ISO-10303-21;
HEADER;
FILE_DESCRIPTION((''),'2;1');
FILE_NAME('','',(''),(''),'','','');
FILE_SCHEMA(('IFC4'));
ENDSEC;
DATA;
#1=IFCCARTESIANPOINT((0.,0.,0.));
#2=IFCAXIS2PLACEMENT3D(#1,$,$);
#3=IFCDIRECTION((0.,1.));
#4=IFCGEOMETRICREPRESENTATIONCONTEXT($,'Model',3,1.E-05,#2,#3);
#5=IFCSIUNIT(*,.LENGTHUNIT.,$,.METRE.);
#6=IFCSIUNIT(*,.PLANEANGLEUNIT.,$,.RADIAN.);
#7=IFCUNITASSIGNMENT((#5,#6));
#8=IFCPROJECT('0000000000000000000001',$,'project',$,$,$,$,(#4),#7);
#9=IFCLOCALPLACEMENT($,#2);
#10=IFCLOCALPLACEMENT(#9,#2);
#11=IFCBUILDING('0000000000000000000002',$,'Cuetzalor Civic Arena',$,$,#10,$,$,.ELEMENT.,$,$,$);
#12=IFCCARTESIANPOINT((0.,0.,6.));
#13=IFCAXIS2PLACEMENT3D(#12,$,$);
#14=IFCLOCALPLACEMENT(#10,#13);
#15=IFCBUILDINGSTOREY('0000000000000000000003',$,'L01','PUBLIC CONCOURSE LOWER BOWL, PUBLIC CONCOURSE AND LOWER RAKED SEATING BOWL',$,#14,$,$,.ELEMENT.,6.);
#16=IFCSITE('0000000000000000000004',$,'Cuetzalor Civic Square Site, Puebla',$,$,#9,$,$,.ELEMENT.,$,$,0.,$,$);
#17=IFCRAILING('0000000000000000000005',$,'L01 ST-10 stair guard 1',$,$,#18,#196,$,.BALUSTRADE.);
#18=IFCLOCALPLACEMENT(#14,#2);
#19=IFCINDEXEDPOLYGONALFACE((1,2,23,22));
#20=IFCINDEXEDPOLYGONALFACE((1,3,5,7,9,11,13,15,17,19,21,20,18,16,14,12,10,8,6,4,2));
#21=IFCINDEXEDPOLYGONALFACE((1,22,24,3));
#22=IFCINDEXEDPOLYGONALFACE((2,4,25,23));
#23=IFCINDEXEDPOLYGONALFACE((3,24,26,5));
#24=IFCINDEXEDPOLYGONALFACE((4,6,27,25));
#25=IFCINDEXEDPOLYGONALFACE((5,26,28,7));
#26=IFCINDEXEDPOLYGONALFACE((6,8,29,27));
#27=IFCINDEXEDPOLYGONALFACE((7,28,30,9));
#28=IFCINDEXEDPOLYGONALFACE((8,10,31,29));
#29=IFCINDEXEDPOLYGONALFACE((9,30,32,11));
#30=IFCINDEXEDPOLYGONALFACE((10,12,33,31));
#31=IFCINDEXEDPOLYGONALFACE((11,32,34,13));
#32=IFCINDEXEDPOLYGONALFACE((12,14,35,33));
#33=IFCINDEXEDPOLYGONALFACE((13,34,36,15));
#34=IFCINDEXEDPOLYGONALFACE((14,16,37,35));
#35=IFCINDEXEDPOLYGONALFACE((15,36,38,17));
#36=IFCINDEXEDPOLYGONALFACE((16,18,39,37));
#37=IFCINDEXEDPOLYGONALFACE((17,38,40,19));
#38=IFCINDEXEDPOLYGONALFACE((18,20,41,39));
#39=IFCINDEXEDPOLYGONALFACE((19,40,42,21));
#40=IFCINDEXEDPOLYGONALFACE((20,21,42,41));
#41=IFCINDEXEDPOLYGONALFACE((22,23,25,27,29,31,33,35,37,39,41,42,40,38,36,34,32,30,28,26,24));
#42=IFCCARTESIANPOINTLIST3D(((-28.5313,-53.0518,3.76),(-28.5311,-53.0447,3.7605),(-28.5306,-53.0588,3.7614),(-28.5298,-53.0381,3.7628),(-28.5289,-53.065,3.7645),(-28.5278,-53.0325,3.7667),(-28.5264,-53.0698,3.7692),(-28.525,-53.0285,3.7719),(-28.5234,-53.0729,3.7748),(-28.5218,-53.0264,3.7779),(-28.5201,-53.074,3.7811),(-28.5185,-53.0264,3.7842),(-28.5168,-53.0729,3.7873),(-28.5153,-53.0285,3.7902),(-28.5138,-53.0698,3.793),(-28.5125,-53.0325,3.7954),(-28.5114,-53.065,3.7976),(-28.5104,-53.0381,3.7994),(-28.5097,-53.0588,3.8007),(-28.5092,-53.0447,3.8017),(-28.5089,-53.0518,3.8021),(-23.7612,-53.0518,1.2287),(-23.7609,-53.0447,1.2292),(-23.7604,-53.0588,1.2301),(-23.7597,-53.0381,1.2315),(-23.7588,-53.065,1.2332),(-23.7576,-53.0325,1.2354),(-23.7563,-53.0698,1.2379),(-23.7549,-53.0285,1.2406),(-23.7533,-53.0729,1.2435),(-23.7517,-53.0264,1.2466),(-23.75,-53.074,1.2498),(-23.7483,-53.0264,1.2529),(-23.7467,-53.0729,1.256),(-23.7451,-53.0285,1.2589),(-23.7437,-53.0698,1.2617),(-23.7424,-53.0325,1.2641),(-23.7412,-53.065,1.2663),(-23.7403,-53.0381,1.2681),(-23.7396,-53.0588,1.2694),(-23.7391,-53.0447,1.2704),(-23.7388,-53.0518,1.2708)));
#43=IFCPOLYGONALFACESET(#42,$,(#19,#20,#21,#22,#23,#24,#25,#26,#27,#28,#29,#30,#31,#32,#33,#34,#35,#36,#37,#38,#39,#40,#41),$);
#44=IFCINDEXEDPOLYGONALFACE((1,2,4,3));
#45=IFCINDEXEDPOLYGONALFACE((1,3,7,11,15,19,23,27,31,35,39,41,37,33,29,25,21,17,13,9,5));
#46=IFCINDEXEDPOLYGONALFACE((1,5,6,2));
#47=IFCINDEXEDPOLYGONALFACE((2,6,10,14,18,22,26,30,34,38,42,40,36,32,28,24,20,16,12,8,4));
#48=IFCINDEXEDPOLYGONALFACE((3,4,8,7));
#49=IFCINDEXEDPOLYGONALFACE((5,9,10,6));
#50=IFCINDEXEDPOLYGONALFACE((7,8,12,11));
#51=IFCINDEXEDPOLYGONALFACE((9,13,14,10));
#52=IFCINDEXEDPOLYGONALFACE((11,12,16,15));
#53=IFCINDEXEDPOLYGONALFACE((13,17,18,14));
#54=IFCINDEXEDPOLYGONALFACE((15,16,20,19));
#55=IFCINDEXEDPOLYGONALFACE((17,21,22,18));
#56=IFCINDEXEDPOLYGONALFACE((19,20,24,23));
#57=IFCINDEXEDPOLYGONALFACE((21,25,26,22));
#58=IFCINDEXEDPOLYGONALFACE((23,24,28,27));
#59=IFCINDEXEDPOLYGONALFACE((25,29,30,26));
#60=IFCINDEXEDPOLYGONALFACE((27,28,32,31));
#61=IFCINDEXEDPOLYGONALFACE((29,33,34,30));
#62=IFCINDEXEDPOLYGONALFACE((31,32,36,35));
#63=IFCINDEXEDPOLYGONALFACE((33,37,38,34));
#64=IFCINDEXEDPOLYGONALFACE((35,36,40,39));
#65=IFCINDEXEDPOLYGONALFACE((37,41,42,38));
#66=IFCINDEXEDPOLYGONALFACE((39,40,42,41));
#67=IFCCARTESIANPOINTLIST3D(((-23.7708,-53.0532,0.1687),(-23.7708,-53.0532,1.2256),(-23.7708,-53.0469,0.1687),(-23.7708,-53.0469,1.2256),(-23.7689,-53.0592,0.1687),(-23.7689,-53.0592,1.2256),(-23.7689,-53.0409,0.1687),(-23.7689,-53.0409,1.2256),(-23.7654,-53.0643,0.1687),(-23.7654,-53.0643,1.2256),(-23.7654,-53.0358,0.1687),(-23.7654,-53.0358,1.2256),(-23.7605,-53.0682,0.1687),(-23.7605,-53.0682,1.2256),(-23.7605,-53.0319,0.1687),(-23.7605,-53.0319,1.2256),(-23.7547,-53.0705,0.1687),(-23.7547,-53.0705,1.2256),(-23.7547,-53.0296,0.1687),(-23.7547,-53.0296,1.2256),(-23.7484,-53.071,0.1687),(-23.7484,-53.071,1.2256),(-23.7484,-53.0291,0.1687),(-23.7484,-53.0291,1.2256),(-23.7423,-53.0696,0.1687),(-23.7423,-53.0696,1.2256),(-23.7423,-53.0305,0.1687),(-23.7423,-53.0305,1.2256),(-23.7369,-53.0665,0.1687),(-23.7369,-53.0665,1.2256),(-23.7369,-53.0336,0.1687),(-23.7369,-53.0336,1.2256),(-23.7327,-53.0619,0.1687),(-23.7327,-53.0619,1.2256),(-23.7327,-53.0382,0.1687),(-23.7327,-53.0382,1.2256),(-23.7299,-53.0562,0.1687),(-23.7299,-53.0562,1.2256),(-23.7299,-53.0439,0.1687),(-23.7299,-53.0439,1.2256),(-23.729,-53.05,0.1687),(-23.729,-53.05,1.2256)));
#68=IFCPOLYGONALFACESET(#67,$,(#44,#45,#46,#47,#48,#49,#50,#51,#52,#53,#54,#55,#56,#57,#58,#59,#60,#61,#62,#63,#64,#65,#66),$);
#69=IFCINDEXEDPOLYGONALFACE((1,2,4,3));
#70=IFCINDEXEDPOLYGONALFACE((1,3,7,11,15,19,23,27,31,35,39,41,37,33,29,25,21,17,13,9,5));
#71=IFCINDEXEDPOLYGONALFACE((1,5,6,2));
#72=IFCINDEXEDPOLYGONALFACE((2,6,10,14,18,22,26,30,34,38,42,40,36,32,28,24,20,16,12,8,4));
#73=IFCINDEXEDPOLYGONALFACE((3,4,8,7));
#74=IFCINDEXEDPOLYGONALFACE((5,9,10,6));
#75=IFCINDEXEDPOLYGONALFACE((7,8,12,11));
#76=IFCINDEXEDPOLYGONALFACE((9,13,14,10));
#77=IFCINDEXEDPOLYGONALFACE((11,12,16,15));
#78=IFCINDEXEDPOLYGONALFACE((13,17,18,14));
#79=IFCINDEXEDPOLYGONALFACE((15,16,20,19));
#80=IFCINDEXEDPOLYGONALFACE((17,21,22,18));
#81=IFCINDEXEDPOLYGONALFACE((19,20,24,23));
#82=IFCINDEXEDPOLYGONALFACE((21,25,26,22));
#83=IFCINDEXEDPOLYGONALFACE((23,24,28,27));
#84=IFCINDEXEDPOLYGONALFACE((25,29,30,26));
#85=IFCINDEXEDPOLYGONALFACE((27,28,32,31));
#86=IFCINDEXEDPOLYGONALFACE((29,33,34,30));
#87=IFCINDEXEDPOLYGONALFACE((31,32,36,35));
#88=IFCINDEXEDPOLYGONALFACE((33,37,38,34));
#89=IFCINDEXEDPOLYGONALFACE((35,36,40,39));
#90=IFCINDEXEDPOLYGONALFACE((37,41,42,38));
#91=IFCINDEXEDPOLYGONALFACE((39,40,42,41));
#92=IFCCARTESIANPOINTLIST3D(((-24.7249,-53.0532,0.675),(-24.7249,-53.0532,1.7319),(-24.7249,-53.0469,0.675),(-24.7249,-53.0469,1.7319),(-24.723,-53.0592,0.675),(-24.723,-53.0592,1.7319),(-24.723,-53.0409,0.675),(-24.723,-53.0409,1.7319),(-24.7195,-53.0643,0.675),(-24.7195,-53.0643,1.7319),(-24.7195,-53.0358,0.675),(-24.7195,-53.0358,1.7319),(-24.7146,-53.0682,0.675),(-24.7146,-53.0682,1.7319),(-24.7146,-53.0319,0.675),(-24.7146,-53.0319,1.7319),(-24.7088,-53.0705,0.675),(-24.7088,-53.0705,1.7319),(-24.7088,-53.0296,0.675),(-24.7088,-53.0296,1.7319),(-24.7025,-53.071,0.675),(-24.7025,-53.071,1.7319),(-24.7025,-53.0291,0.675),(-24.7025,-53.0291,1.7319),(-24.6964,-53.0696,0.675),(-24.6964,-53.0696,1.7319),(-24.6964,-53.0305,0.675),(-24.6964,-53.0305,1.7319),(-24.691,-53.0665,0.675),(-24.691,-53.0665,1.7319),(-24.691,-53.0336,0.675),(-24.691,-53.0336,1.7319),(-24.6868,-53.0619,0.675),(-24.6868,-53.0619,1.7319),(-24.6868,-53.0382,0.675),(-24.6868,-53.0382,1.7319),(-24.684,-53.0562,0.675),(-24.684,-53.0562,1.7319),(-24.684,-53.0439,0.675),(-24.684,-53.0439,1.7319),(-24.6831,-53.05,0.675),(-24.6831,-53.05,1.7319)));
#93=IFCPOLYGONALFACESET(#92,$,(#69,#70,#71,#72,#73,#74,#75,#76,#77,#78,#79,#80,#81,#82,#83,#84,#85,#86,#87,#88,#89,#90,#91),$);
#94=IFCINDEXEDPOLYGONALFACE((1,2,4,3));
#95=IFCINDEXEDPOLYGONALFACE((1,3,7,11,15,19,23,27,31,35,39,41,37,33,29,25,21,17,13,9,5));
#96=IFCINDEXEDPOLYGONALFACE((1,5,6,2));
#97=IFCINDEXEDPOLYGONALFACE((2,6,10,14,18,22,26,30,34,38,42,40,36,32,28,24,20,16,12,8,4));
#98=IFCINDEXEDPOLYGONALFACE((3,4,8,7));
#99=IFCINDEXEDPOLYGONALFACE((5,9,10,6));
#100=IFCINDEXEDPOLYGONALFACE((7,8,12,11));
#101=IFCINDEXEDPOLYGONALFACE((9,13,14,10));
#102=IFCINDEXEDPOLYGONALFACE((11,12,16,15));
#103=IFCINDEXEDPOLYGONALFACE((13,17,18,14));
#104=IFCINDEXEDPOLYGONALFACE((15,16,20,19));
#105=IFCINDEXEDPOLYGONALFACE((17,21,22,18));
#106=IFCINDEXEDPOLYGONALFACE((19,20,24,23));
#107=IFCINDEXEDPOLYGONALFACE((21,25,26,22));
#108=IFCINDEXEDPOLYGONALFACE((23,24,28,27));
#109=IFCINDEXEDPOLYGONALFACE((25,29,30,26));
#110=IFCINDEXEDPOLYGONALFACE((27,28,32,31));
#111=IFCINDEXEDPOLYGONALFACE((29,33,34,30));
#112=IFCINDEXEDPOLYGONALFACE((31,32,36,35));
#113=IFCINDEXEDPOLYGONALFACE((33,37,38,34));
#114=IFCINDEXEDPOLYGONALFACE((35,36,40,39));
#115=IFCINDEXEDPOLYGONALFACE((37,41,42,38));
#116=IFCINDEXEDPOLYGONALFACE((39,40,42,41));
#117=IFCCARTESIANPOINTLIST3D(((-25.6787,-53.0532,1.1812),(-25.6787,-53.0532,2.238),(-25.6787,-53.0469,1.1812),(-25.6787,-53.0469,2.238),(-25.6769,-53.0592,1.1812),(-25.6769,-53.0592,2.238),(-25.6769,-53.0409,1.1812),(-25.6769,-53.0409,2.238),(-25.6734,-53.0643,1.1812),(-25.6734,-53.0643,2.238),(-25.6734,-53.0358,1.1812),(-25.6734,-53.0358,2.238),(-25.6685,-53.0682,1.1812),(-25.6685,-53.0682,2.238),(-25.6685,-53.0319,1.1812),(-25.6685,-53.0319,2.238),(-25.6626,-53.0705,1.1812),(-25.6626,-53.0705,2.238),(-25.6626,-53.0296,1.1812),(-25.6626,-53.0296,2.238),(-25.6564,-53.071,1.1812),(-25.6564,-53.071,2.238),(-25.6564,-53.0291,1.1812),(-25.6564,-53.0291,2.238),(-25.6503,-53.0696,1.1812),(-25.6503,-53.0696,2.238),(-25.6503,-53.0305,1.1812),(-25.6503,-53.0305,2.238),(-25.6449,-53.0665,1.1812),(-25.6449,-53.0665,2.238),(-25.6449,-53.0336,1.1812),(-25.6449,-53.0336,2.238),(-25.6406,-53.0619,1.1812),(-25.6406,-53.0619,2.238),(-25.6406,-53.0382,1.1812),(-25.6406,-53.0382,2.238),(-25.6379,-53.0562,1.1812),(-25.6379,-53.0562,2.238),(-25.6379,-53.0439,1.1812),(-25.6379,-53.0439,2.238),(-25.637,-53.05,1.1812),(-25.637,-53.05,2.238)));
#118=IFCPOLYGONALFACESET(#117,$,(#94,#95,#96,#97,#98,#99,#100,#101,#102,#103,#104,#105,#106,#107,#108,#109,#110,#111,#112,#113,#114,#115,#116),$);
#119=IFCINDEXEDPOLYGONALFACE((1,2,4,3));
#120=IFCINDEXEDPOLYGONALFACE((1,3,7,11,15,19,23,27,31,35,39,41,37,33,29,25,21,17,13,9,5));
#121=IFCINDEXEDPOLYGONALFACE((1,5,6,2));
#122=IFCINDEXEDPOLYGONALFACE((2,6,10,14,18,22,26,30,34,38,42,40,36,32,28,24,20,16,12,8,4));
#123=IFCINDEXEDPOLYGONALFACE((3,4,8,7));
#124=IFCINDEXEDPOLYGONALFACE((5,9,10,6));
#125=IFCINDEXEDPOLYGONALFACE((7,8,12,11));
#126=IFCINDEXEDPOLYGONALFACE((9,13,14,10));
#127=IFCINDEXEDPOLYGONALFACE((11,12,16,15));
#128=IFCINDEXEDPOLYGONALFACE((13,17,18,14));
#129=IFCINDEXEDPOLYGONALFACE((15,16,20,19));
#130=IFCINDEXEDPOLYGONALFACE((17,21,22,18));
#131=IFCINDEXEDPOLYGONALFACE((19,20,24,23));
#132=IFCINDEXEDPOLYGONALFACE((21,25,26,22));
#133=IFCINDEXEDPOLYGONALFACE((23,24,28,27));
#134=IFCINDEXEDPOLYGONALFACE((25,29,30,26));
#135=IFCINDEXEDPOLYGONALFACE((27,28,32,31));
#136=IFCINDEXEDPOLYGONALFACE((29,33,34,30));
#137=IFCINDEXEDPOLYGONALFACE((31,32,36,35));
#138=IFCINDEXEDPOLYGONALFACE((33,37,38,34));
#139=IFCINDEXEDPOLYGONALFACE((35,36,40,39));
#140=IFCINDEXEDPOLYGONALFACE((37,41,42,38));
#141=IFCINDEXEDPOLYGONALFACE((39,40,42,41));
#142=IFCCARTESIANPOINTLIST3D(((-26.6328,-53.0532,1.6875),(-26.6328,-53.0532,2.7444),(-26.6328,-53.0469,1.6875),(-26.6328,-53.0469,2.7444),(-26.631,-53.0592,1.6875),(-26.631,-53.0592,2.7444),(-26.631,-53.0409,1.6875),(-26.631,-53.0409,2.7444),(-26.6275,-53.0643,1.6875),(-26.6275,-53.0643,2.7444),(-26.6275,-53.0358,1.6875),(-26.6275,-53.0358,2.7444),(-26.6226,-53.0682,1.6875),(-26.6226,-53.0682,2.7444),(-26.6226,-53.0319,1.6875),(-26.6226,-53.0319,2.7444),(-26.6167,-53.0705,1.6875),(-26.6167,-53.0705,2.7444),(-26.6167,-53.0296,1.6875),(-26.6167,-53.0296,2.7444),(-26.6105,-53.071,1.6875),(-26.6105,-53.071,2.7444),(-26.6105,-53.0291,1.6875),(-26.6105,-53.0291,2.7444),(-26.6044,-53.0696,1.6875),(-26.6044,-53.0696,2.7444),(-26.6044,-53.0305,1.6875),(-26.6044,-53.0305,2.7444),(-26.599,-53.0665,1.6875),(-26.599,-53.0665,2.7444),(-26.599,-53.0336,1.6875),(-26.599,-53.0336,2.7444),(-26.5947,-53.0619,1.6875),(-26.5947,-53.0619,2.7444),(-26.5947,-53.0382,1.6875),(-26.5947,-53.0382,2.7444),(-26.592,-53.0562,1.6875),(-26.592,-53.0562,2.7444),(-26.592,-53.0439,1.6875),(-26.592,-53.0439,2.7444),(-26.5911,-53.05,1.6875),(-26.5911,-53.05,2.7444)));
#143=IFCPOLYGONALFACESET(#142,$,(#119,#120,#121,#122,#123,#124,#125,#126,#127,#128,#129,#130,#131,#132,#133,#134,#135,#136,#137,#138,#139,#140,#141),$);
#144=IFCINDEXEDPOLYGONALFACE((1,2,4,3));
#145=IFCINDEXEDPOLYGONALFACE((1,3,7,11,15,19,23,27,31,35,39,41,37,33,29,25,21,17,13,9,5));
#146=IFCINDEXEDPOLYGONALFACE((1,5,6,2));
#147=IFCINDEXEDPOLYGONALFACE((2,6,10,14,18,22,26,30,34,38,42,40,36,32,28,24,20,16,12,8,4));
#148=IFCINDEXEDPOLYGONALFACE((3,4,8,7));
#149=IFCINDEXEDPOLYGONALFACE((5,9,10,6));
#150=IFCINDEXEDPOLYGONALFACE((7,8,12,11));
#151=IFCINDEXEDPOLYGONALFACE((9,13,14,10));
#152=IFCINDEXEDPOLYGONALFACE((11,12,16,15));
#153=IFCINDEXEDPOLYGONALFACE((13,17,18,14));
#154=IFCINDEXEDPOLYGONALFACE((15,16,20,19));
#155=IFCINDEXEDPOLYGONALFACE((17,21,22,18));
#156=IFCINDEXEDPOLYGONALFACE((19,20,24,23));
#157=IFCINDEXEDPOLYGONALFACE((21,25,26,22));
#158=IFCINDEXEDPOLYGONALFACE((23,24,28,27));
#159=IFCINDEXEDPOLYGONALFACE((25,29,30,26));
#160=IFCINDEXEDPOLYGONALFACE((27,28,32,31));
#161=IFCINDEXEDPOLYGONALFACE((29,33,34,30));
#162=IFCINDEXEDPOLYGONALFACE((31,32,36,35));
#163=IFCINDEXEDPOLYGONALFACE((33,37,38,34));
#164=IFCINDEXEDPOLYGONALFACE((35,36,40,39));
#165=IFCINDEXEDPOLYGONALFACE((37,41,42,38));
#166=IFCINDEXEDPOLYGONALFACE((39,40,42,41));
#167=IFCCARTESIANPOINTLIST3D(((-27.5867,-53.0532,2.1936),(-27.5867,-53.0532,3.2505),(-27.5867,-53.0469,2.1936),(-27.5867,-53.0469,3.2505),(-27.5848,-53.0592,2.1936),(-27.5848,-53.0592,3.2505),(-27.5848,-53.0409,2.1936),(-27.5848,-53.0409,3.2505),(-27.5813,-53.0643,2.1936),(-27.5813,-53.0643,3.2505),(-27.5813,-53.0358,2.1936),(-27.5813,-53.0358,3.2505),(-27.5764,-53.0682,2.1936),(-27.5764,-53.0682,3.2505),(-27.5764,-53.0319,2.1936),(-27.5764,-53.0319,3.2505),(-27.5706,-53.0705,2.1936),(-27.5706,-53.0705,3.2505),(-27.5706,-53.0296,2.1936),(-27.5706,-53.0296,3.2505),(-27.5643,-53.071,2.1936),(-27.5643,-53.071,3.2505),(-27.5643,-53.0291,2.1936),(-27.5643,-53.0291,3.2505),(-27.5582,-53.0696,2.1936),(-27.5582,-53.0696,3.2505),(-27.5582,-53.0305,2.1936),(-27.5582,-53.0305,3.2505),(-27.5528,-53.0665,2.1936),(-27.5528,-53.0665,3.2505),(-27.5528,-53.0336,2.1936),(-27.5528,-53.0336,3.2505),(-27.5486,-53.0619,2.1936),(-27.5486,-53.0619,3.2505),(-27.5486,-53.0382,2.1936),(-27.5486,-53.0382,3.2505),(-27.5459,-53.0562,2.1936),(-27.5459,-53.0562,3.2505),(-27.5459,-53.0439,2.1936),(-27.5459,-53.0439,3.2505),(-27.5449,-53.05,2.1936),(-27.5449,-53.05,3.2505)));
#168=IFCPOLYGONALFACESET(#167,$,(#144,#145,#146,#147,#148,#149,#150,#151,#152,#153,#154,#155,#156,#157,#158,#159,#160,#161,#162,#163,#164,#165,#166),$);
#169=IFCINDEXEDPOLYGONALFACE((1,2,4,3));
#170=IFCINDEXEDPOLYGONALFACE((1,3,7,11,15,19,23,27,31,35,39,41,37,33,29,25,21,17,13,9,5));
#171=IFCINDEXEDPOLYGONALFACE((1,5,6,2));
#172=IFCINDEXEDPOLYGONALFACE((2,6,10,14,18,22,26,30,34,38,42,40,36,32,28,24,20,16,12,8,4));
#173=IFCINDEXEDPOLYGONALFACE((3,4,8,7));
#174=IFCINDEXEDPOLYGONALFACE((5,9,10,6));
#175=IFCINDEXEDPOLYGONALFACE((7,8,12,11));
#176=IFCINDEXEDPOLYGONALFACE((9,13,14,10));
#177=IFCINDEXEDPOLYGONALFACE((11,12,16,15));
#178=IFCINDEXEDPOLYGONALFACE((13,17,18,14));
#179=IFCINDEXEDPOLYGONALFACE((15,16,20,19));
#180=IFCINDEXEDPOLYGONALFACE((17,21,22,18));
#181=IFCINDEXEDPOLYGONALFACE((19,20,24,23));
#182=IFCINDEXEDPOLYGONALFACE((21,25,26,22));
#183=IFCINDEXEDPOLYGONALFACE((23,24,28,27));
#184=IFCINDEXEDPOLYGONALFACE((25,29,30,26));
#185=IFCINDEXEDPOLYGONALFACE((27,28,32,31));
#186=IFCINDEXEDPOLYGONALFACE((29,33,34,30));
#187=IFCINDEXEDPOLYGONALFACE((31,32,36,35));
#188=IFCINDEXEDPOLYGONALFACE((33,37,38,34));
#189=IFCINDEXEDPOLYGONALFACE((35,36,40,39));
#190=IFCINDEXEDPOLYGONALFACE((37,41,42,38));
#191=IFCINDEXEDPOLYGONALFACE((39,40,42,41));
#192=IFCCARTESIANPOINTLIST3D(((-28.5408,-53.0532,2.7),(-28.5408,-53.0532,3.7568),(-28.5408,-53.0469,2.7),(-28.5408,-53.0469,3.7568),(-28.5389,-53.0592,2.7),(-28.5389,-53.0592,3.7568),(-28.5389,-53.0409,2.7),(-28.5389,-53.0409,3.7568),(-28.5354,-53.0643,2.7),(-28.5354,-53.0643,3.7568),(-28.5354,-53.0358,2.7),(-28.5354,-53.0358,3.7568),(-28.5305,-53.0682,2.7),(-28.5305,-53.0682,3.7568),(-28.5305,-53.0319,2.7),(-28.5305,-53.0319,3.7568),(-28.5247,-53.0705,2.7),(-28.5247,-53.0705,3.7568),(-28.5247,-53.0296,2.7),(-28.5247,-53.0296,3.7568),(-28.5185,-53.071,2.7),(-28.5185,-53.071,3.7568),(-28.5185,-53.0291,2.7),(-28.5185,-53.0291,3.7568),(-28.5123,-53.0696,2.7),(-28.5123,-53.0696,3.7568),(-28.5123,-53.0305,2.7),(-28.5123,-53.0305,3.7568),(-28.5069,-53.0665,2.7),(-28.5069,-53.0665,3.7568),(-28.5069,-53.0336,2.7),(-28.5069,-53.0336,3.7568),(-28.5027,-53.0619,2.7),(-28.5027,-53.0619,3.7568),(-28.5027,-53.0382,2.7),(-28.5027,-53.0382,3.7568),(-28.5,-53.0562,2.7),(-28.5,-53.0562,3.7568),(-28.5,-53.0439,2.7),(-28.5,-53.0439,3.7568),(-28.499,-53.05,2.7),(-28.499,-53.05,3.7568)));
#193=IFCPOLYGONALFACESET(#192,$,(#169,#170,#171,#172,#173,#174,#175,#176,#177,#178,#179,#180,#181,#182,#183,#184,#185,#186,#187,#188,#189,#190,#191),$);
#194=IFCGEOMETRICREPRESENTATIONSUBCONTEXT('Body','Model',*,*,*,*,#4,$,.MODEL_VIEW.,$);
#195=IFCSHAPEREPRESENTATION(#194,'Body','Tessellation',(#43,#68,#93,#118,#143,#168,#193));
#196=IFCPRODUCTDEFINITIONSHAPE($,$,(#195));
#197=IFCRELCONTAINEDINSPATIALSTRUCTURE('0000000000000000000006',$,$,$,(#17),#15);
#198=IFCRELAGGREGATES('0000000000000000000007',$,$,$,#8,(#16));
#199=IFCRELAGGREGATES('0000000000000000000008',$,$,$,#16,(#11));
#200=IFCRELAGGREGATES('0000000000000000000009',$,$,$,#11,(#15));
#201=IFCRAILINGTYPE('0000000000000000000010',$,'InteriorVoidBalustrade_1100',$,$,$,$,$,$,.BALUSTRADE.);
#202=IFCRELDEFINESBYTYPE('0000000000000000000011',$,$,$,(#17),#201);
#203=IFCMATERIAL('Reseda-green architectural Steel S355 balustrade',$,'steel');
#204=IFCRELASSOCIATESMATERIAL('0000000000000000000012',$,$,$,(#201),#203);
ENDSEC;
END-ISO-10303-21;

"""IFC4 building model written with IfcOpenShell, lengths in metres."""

from ifc_helpers import new_model, si_unit, direction, frame, origin, origin_2d, place, context, subcontext, project, spatial, circle, extrude, material, type_object, element, save


model = new_model("IFC4")

# Units and contexts
model_context = context("Model", 3, precision=1e-05, world=origin(), true_north=direction((0.0, 1.0)))
body_context = subcontext(model_context, "Body", "Model", "MODEL_VIEW")
ifc_project = project(units=[si_unit("LENGTHUNIT", "METRE"), si_unit("PLANEANGLEUNIT", "RADIAN")], contexts=[model_context])

# Site, building, storey
site_placement = place(None, origin())
site = spatial("IfcSite", under=ifc_project, at=site_placement, Name="Cuetzalor Civic Square Site, Puebla", CompositionType="ELEMENT", RefElevation=0.0)
building_placement = place(site_placement, origin())
building = spatial("IfcBuilding", under=site, at=building_placement, Name="Cuetzalor Civic Arena", CompositionType="ELEMENT")
storey_placement = place(building_placement, frame((0.0, 0.0, 6.0)))
storey = spatial("IfcBuildingStorey", under=building, at=storey_placement, Name="L01", Description="PUBLIC CONCOURSE LOWER BOWL, PUBLIC CONCOURSE AND LOWER RAKED SEATING BOWL", CompositionType="ELEMENT", Elevation=6.0)

# Railing
ifc_material_1 = material(Name="Reseda-green architectural Steel S355 balustrade", Category="steel")
railing_type_1 = type_object("IfcRailingType", Name="InteriorVoidBalustrade_1100", PredefinedType="BALUSTRADE", material=ifc_material_1)
railing_1_placement = place(storey_placement, frame((-23.75, -53.05, 0.1687)))
element("IfcRailing", 1, at=railing_1_placement, inside=storey, type_object=railing_type_1, Name="L01 ST-10 stair guard 1", PredefinedType="BALUSTRADE", context=body_context, shape_type="SweptSolid", body=[
    extrude(circle(Radius=0.0239, at=origin_2d()), frame((0.0, 0.0, 1.0811), z_axis=(-0.883332, 0.0, 0.468747), x_axis=(0.0, -1.0, 0.0)), (0.0, 0.0, 1.0), 5.4001),
    extrude(circle(Radius=0.021, at=origin_2d()), origin(), (0.0, 0.0, 1.0), 1.0569),
    extrude(circle(Radius=0.021, at=origin_2d()), frame((-0.9541, 0.0, 0.5063)), (0.0, 0.0, 1.0), 1.0569),
    extrude(circle(Radius=0.021, at=origin_2d()), frame((-1.908, 0.0, 1.0125)), (0.0, 0.0, 1.0), 1.0569),
    extrude(circle(Radius=0.021, at=origin_2d()), frame((-2.8621, 0.0, 1.5188)), (0.0, 0.0, 1.0), 1.0569),
    extrude(circle(Radius=0.021, at=origin_2d()), frame((-3.8159, 0.0, 2.0249)), (0.0, 0.0, 1.0), 1.0569),
    extrude(circle(Radius=0.021, at=origin_2d()), frame((-4.77, 0.0, 2.5312)), (0.0, 0.0, 1.0), 1.0569),
])

save(model, "model.ifc")
